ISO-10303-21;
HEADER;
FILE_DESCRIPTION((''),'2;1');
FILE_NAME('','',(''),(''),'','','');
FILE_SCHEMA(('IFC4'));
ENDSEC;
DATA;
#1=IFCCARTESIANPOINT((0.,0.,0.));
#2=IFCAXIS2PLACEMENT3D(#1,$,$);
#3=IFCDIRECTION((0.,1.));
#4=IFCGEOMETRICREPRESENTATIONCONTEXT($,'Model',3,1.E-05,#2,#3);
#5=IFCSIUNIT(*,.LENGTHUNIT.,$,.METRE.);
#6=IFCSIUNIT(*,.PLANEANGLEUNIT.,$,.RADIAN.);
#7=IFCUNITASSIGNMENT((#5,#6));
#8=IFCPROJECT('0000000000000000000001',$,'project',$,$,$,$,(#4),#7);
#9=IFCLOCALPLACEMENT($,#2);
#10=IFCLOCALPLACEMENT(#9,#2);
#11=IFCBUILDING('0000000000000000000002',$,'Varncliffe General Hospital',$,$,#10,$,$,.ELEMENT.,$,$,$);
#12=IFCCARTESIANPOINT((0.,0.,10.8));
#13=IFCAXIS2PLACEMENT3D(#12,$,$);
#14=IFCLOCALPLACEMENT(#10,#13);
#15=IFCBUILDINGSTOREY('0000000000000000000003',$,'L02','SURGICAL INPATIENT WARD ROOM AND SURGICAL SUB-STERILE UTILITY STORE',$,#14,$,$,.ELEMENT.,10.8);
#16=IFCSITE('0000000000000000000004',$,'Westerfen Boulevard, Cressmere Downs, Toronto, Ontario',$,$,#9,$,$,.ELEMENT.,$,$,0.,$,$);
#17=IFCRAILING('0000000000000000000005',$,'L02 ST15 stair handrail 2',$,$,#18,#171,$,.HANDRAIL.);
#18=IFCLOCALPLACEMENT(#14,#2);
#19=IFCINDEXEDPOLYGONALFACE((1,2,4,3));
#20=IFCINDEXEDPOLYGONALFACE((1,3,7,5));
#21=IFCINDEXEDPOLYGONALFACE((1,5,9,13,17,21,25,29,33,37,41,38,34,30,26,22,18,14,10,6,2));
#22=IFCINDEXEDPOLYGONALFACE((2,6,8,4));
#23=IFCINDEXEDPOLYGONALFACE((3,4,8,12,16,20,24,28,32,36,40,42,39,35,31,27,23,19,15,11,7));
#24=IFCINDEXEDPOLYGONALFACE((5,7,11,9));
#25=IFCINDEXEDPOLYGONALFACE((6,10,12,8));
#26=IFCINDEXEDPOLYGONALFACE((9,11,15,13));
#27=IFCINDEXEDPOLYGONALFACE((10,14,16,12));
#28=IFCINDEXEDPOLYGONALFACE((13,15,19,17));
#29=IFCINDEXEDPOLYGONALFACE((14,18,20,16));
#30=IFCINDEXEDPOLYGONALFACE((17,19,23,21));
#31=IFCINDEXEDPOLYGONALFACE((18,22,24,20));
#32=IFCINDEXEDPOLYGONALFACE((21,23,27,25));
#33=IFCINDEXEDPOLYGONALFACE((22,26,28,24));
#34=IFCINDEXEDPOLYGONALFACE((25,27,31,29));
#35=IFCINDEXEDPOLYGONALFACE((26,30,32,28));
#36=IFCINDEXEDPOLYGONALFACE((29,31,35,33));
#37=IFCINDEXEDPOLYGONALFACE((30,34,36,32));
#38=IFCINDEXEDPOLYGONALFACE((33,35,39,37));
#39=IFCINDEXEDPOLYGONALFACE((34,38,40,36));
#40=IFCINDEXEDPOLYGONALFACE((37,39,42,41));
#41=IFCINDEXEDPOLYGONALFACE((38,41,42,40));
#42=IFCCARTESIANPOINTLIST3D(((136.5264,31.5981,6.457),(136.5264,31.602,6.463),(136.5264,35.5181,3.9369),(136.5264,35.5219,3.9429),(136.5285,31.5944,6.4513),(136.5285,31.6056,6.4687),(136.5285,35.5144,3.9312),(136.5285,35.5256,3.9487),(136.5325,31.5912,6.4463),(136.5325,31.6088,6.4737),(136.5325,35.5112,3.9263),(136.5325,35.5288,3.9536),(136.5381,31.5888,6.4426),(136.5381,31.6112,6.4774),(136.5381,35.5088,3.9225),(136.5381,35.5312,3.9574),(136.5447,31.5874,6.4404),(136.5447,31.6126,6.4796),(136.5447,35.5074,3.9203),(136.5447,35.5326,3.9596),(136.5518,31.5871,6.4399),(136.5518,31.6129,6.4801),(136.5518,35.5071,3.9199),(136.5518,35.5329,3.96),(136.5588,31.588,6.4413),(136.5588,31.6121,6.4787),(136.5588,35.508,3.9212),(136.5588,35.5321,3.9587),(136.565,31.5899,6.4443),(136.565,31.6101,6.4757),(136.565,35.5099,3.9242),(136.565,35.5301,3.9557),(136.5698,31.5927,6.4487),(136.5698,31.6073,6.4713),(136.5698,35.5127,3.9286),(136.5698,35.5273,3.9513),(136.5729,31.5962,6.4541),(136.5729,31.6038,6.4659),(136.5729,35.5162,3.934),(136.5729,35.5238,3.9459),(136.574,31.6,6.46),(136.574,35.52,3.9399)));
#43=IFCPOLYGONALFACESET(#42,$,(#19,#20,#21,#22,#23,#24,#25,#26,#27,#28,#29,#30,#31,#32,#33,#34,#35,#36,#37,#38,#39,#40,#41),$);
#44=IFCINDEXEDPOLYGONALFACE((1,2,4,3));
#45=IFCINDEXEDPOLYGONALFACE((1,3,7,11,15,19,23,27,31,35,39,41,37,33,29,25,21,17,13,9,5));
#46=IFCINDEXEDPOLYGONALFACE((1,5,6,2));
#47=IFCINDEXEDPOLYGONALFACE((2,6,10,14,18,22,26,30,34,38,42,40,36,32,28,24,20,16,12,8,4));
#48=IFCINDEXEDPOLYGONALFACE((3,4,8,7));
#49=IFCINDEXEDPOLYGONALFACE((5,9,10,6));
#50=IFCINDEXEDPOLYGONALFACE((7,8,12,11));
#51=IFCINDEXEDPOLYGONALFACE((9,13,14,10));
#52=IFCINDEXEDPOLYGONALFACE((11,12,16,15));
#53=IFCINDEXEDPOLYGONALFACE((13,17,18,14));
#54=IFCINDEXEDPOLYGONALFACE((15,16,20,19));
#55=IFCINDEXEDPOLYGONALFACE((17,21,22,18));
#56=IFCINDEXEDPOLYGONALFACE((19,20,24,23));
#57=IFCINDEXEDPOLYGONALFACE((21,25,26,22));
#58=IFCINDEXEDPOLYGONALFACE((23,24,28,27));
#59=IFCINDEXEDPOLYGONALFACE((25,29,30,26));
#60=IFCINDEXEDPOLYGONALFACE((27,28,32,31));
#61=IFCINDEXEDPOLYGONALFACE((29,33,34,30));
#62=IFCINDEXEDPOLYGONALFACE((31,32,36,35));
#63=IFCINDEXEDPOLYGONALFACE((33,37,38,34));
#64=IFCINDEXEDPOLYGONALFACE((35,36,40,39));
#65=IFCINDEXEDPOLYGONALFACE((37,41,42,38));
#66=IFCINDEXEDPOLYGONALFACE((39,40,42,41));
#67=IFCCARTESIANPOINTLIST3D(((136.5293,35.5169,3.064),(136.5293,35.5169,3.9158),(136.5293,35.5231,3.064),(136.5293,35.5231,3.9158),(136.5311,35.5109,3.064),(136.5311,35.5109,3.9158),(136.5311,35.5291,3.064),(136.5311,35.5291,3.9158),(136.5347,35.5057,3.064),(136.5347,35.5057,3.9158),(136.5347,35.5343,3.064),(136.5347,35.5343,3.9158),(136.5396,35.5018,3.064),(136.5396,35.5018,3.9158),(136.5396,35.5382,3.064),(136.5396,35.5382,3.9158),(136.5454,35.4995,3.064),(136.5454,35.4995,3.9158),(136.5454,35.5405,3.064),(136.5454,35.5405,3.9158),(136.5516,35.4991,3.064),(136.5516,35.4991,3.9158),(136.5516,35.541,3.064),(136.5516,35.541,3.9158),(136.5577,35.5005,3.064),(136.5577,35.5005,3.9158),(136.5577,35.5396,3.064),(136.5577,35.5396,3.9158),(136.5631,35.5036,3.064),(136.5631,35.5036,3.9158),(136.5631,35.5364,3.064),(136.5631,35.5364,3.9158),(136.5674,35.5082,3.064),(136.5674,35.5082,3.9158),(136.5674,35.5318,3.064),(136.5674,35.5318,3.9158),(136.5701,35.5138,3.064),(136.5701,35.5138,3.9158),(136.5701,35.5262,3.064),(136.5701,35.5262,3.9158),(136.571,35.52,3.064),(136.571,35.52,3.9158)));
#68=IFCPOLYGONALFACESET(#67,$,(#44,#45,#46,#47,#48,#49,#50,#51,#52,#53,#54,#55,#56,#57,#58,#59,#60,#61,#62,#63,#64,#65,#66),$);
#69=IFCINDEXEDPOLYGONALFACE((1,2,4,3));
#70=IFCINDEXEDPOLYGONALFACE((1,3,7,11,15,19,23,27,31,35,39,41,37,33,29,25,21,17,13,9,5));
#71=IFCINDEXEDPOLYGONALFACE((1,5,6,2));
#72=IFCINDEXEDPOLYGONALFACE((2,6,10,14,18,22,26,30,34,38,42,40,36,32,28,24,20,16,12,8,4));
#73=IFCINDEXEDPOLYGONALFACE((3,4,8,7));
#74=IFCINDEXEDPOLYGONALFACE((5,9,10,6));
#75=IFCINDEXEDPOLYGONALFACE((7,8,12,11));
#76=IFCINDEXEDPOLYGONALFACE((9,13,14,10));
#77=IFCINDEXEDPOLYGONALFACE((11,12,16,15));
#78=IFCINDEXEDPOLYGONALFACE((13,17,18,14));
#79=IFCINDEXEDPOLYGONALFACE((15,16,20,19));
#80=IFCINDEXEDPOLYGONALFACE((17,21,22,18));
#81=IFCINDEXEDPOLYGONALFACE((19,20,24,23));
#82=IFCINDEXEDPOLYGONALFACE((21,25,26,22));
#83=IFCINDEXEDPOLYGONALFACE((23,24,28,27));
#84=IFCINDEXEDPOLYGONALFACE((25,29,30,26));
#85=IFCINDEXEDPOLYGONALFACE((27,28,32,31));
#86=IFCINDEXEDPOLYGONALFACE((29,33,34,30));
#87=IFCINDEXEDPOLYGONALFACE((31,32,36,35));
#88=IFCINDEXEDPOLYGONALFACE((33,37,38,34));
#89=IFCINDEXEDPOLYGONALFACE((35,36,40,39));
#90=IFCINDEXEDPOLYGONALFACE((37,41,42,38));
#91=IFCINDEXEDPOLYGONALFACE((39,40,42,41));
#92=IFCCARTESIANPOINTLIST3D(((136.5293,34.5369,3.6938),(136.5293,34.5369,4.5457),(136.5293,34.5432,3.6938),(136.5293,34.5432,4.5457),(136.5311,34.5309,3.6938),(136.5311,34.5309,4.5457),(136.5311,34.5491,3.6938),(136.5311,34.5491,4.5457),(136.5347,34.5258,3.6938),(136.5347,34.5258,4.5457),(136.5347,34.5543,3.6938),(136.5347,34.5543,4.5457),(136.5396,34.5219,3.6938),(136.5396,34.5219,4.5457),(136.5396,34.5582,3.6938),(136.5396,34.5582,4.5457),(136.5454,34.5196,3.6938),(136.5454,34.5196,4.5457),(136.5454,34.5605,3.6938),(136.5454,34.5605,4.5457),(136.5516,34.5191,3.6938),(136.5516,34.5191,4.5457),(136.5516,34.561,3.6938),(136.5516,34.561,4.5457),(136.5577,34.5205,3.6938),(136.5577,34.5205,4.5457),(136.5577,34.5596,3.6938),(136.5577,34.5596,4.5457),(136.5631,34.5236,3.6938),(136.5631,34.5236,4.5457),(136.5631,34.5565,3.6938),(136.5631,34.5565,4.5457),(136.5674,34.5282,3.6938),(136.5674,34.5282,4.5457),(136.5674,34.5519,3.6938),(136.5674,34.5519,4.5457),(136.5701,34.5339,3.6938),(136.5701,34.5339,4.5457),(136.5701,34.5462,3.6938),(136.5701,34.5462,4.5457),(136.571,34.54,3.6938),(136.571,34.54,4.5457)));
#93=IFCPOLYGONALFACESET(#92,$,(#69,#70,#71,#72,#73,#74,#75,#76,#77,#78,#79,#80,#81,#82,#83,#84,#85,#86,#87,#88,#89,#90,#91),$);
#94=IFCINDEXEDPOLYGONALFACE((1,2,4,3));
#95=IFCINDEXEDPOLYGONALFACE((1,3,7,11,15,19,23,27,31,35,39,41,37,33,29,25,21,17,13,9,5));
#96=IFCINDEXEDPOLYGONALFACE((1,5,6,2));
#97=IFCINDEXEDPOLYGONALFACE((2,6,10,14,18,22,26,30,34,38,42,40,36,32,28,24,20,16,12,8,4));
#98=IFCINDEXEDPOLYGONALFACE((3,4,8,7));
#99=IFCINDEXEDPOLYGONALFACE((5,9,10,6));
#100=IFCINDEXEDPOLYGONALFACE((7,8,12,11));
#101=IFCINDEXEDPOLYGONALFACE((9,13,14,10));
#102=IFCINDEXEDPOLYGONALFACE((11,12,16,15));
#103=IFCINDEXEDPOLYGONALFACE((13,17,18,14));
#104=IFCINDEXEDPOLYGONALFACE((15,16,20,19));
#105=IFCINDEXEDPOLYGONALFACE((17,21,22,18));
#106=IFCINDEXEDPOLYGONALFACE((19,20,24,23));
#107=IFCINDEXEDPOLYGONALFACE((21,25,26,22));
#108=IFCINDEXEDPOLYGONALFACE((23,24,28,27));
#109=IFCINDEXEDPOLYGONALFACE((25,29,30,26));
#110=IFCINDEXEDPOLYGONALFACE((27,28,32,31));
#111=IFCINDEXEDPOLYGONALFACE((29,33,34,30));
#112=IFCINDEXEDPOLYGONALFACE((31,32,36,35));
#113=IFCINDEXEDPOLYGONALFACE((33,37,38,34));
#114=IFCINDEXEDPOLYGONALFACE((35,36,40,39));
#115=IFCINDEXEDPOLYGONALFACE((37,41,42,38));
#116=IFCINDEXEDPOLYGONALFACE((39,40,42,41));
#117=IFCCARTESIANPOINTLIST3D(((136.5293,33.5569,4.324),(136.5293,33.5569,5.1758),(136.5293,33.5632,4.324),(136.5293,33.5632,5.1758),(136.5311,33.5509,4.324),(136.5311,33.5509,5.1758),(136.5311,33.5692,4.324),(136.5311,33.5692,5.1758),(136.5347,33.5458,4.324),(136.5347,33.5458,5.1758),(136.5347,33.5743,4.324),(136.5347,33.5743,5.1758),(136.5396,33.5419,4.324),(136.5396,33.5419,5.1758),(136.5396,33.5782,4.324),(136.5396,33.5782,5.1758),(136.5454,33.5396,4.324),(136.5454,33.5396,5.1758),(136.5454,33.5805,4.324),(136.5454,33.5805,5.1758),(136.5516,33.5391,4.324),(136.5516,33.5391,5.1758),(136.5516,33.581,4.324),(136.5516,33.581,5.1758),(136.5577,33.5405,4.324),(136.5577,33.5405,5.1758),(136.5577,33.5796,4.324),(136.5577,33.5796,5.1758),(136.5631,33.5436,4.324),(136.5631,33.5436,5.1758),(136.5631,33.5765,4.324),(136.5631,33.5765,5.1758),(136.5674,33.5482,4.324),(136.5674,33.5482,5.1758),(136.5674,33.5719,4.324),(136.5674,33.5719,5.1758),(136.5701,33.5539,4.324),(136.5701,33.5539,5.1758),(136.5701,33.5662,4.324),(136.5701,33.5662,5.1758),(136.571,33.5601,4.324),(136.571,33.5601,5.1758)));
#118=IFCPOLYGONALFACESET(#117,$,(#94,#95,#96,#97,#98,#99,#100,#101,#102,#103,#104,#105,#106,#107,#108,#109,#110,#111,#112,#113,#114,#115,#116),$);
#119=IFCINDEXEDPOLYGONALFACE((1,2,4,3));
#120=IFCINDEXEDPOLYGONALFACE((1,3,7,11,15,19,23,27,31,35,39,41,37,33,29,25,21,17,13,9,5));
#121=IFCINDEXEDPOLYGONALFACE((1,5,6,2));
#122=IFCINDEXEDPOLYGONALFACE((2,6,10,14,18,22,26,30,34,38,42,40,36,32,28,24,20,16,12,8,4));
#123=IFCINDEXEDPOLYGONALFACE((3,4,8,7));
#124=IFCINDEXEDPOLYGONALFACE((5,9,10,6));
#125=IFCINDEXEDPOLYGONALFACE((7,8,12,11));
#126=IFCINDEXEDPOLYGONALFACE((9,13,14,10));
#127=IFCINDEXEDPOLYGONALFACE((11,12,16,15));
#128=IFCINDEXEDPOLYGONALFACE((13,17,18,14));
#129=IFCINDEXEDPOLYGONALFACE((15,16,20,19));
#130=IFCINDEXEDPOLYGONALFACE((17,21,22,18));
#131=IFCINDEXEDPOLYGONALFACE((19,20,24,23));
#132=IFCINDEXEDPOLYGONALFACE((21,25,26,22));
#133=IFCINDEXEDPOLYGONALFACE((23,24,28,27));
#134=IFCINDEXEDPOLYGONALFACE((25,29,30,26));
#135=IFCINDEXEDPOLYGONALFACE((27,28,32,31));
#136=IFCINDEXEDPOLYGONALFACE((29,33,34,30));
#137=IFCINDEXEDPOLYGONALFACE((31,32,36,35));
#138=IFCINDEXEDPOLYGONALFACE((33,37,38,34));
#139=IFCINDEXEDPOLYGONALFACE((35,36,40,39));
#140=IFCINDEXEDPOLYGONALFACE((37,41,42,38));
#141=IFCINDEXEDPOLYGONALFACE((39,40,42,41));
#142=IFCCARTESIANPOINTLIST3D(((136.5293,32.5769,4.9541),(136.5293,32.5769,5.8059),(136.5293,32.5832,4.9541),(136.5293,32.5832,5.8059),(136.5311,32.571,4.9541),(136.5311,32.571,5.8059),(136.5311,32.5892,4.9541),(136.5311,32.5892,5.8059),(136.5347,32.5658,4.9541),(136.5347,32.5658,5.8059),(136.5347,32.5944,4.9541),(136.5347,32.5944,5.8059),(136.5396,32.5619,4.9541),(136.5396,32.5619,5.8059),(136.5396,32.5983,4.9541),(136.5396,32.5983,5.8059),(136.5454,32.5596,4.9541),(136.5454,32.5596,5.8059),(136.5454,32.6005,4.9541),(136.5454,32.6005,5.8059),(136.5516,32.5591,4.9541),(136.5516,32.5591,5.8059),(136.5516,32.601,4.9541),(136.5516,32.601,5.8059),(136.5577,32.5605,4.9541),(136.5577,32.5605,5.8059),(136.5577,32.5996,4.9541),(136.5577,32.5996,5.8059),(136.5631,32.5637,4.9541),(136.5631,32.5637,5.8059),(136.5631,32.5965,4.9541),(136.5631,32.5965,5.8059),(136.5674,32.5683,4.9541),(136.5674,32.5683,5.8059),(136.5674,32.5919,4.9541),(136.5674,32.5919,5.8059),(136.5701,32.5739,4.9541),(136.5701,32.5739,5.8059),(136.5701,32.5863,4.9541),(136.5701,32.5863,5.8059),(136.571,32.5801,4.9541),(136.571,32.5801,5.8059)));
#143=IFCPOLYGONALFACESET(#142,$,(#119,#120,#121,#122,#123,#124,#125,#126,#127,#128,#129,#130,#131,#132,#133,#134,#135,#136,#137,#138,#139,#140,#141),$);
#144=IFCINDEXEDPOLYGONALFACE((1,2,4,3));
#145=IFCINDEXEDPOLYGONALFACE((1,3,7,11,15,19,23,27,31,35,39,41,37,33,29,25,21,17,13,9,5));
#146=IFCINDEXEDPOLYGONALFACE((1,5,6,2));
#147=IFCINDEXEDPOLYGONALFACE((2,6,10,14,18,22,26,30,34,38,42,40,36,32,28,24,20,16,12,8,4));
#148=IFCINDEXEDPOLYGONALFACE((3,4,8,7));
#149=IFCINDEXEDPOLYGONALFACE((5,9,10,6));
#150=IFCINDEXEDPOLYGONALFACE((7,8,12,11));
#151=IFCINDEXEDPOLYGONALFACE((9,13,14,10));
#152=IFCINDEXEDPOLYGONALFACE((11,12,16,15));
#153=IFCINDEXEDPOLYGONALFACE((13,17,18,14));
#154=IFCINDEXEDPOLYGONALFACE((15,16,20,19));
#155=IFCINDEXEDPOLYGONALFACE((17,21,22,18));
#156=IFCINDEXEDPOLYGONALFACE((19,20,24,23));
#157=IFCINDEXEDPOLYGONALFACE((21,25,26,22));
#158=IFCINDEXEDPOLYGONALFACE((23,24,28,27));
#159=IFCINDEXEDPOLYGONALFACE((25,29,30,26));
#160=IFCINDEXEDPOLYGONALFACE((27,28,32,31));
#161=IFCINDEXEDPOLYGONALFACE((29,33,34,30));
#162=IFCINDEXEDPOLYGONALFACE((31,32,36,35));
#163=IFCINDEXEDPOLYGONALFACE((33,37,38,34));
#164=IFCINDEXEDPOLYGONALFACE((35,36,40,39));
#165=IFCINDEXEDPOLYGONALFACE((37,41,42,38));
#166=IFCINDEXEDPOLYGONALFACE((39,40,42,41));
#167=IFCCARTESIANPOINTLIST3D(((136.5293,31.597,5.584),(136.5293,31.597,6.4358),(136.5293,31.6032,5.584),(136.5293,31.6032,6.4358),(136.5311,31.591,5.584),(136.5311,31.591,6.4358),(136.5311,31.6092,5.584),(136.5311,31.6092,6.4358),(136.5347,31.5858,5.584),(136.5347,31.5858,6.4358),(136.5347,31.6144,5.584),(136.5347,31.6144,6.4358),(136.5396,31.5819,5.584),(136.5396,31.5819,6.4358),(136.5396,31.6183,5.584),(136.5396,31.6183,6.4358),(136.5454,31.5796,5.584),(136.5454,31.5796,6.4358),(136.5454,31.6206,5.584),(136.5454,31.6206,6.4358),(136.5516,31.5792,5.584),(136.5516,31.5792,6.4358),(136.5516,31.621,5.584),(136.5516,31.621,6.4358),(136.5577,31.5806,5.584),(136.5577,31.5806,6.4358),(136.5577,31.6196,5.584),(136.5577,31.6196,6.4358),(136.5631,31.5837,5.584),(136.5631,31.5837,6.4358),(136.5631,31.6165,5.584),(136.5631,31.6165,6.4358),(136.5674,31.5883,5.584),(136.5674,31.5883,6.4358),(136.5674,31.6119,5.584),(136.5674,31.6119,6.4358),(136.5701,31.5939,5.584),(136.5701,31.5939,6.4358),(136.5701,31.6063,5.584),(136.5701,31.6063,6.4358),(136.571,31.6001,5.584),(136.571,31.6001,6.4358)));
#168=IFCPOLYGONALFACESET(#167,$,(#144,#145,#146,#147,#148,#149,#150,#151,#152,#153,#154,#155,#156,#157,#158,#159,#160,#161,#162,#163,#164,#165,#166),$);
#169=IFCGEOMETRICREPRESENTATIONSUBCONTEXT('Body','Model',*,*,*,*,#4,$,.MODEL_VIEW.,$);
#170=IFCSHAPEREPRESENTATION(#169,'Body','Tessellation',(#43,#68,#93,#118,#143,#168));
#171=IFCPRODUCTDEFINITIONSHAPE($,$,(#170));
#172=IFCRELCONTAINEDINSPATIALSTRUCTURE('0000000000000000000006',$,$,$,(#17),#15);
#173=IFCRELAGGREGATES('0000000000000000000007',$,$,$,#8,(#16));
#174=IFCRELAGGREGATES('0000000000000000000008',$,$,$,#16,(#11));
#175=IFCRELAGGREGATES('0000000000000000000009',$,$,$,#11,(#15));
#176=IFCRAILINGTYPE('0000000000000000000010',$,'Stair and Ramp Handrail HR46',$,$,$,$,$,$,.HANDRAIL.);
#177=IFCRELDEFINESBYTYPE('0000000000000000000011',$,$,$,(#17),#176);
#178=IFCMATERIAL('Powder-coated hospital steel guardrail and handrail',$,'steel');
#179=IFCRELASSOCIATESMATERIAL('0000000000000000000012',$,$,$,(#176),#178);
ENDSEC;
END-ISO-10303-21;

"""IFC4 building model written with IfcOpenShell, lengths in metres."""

from ifc_helpers import new_model, si_unit, direction, frame, origin, origin_2d, place, context, subcontext, project, spatial, circle, extrude, material, type_object, element, save


model = new_model("IFC4")

# Units and contexts
model_context = context("Model", 3, precision=1e-05, world=origin(), true_north=direction((0.0, 1.0)))
body_context = subcontext(model_context, "Body", "Model", "MODEL_VIEW")
ifc_project = project(units=[si_unit("LENGTHUNIT", "METRE"), si_unit("PLANEANGLEUNIT", "RADIAN")], contexts=[model_context])

# Site, building, storey
site_placement = place(None, origin())
site = spatial("IfcSite", under=ifc_project, at=site_placement, Name="Westerfen Boulevard, Cressmere Downs, Toronto, Ontario", CompositionType="ELEMENT", RefElevation=0.0)
building_placement = place(site_placement, origin())
building = spatial("IfcBuilding", under=site, at=building_placement, Name="Varncliffe General Hospital", CompositionType="ELEMENT")
storey_placement = place(building_placement, frame((0.0, 0.0, 10.8)))
storey = spatial("IfcBuildingStorey", under=building, at=storey_placement, Name="L02", Description="SURGICAL INPATIENT WARD ROOM AND SURGICAL SUB-STERILE UTILITY STORE", CompositionType="ELEMENT", Elevation=10.8)

# Railing
ifc_material_1 = material(Name="Powder-coated hospital steel guardrail and handrail", Category="steel")
railing_type_1 = type_object("IfcRailingType", Name="Stair and Ramp Handrail HR46", PredefinedType="HANDRAIL", material=ifc_material_1)
railing_1_placement = place(storey_placement, frame((136.55, 35.52, 3.064)))
element("IfcRailing", 1, at=railing_1_placement, inside=storey, type_object=railing_type_1, Name="L02 ST15 stair handrail 2", PredefinedType="HANDRAIL", context=body_context, shape_type="SweptSolid", body=[
    extrude(circle(Radius=0.0239, at=origin_2d()), frame((0.0, 0.0, 0.876), z_axis=(0.0, -0.841172, 0.540768), x_axis=(1.0, 0.0, 0.0)), (0.0, 0.0, 1.0), 4.6602),
    extrude(circle(Radius=0.021, at=origin_2d()), origin(), (0.0, 0.0, 1.0), 0.8518),
    extrude(circle(Radius=0.021, at=origin_2d()), frame((0.0, -0.98, 0.6299)), (0.0, 0.0, 1.0), 0.8518),
    extrude(circle(Radius=0.021, at=origin_2d()), frame((0.0, -1.96, 1.26)), (0.0, 0.0, 1.0), 0.8518),
    extrude(circle(Radius=0.021, at=origin_2d()), frame((0.0, -2.9399, 1.8901)), (0.0, 0.0, 1.0), 0.8518),
    extrude(circle(Radius=0.021, at=origin_2d()), frame((0.0, -3.9199, 2.52)), (0.0, 0.0, 1.0), 0.8518),
])

save(model, "model.ifc")
